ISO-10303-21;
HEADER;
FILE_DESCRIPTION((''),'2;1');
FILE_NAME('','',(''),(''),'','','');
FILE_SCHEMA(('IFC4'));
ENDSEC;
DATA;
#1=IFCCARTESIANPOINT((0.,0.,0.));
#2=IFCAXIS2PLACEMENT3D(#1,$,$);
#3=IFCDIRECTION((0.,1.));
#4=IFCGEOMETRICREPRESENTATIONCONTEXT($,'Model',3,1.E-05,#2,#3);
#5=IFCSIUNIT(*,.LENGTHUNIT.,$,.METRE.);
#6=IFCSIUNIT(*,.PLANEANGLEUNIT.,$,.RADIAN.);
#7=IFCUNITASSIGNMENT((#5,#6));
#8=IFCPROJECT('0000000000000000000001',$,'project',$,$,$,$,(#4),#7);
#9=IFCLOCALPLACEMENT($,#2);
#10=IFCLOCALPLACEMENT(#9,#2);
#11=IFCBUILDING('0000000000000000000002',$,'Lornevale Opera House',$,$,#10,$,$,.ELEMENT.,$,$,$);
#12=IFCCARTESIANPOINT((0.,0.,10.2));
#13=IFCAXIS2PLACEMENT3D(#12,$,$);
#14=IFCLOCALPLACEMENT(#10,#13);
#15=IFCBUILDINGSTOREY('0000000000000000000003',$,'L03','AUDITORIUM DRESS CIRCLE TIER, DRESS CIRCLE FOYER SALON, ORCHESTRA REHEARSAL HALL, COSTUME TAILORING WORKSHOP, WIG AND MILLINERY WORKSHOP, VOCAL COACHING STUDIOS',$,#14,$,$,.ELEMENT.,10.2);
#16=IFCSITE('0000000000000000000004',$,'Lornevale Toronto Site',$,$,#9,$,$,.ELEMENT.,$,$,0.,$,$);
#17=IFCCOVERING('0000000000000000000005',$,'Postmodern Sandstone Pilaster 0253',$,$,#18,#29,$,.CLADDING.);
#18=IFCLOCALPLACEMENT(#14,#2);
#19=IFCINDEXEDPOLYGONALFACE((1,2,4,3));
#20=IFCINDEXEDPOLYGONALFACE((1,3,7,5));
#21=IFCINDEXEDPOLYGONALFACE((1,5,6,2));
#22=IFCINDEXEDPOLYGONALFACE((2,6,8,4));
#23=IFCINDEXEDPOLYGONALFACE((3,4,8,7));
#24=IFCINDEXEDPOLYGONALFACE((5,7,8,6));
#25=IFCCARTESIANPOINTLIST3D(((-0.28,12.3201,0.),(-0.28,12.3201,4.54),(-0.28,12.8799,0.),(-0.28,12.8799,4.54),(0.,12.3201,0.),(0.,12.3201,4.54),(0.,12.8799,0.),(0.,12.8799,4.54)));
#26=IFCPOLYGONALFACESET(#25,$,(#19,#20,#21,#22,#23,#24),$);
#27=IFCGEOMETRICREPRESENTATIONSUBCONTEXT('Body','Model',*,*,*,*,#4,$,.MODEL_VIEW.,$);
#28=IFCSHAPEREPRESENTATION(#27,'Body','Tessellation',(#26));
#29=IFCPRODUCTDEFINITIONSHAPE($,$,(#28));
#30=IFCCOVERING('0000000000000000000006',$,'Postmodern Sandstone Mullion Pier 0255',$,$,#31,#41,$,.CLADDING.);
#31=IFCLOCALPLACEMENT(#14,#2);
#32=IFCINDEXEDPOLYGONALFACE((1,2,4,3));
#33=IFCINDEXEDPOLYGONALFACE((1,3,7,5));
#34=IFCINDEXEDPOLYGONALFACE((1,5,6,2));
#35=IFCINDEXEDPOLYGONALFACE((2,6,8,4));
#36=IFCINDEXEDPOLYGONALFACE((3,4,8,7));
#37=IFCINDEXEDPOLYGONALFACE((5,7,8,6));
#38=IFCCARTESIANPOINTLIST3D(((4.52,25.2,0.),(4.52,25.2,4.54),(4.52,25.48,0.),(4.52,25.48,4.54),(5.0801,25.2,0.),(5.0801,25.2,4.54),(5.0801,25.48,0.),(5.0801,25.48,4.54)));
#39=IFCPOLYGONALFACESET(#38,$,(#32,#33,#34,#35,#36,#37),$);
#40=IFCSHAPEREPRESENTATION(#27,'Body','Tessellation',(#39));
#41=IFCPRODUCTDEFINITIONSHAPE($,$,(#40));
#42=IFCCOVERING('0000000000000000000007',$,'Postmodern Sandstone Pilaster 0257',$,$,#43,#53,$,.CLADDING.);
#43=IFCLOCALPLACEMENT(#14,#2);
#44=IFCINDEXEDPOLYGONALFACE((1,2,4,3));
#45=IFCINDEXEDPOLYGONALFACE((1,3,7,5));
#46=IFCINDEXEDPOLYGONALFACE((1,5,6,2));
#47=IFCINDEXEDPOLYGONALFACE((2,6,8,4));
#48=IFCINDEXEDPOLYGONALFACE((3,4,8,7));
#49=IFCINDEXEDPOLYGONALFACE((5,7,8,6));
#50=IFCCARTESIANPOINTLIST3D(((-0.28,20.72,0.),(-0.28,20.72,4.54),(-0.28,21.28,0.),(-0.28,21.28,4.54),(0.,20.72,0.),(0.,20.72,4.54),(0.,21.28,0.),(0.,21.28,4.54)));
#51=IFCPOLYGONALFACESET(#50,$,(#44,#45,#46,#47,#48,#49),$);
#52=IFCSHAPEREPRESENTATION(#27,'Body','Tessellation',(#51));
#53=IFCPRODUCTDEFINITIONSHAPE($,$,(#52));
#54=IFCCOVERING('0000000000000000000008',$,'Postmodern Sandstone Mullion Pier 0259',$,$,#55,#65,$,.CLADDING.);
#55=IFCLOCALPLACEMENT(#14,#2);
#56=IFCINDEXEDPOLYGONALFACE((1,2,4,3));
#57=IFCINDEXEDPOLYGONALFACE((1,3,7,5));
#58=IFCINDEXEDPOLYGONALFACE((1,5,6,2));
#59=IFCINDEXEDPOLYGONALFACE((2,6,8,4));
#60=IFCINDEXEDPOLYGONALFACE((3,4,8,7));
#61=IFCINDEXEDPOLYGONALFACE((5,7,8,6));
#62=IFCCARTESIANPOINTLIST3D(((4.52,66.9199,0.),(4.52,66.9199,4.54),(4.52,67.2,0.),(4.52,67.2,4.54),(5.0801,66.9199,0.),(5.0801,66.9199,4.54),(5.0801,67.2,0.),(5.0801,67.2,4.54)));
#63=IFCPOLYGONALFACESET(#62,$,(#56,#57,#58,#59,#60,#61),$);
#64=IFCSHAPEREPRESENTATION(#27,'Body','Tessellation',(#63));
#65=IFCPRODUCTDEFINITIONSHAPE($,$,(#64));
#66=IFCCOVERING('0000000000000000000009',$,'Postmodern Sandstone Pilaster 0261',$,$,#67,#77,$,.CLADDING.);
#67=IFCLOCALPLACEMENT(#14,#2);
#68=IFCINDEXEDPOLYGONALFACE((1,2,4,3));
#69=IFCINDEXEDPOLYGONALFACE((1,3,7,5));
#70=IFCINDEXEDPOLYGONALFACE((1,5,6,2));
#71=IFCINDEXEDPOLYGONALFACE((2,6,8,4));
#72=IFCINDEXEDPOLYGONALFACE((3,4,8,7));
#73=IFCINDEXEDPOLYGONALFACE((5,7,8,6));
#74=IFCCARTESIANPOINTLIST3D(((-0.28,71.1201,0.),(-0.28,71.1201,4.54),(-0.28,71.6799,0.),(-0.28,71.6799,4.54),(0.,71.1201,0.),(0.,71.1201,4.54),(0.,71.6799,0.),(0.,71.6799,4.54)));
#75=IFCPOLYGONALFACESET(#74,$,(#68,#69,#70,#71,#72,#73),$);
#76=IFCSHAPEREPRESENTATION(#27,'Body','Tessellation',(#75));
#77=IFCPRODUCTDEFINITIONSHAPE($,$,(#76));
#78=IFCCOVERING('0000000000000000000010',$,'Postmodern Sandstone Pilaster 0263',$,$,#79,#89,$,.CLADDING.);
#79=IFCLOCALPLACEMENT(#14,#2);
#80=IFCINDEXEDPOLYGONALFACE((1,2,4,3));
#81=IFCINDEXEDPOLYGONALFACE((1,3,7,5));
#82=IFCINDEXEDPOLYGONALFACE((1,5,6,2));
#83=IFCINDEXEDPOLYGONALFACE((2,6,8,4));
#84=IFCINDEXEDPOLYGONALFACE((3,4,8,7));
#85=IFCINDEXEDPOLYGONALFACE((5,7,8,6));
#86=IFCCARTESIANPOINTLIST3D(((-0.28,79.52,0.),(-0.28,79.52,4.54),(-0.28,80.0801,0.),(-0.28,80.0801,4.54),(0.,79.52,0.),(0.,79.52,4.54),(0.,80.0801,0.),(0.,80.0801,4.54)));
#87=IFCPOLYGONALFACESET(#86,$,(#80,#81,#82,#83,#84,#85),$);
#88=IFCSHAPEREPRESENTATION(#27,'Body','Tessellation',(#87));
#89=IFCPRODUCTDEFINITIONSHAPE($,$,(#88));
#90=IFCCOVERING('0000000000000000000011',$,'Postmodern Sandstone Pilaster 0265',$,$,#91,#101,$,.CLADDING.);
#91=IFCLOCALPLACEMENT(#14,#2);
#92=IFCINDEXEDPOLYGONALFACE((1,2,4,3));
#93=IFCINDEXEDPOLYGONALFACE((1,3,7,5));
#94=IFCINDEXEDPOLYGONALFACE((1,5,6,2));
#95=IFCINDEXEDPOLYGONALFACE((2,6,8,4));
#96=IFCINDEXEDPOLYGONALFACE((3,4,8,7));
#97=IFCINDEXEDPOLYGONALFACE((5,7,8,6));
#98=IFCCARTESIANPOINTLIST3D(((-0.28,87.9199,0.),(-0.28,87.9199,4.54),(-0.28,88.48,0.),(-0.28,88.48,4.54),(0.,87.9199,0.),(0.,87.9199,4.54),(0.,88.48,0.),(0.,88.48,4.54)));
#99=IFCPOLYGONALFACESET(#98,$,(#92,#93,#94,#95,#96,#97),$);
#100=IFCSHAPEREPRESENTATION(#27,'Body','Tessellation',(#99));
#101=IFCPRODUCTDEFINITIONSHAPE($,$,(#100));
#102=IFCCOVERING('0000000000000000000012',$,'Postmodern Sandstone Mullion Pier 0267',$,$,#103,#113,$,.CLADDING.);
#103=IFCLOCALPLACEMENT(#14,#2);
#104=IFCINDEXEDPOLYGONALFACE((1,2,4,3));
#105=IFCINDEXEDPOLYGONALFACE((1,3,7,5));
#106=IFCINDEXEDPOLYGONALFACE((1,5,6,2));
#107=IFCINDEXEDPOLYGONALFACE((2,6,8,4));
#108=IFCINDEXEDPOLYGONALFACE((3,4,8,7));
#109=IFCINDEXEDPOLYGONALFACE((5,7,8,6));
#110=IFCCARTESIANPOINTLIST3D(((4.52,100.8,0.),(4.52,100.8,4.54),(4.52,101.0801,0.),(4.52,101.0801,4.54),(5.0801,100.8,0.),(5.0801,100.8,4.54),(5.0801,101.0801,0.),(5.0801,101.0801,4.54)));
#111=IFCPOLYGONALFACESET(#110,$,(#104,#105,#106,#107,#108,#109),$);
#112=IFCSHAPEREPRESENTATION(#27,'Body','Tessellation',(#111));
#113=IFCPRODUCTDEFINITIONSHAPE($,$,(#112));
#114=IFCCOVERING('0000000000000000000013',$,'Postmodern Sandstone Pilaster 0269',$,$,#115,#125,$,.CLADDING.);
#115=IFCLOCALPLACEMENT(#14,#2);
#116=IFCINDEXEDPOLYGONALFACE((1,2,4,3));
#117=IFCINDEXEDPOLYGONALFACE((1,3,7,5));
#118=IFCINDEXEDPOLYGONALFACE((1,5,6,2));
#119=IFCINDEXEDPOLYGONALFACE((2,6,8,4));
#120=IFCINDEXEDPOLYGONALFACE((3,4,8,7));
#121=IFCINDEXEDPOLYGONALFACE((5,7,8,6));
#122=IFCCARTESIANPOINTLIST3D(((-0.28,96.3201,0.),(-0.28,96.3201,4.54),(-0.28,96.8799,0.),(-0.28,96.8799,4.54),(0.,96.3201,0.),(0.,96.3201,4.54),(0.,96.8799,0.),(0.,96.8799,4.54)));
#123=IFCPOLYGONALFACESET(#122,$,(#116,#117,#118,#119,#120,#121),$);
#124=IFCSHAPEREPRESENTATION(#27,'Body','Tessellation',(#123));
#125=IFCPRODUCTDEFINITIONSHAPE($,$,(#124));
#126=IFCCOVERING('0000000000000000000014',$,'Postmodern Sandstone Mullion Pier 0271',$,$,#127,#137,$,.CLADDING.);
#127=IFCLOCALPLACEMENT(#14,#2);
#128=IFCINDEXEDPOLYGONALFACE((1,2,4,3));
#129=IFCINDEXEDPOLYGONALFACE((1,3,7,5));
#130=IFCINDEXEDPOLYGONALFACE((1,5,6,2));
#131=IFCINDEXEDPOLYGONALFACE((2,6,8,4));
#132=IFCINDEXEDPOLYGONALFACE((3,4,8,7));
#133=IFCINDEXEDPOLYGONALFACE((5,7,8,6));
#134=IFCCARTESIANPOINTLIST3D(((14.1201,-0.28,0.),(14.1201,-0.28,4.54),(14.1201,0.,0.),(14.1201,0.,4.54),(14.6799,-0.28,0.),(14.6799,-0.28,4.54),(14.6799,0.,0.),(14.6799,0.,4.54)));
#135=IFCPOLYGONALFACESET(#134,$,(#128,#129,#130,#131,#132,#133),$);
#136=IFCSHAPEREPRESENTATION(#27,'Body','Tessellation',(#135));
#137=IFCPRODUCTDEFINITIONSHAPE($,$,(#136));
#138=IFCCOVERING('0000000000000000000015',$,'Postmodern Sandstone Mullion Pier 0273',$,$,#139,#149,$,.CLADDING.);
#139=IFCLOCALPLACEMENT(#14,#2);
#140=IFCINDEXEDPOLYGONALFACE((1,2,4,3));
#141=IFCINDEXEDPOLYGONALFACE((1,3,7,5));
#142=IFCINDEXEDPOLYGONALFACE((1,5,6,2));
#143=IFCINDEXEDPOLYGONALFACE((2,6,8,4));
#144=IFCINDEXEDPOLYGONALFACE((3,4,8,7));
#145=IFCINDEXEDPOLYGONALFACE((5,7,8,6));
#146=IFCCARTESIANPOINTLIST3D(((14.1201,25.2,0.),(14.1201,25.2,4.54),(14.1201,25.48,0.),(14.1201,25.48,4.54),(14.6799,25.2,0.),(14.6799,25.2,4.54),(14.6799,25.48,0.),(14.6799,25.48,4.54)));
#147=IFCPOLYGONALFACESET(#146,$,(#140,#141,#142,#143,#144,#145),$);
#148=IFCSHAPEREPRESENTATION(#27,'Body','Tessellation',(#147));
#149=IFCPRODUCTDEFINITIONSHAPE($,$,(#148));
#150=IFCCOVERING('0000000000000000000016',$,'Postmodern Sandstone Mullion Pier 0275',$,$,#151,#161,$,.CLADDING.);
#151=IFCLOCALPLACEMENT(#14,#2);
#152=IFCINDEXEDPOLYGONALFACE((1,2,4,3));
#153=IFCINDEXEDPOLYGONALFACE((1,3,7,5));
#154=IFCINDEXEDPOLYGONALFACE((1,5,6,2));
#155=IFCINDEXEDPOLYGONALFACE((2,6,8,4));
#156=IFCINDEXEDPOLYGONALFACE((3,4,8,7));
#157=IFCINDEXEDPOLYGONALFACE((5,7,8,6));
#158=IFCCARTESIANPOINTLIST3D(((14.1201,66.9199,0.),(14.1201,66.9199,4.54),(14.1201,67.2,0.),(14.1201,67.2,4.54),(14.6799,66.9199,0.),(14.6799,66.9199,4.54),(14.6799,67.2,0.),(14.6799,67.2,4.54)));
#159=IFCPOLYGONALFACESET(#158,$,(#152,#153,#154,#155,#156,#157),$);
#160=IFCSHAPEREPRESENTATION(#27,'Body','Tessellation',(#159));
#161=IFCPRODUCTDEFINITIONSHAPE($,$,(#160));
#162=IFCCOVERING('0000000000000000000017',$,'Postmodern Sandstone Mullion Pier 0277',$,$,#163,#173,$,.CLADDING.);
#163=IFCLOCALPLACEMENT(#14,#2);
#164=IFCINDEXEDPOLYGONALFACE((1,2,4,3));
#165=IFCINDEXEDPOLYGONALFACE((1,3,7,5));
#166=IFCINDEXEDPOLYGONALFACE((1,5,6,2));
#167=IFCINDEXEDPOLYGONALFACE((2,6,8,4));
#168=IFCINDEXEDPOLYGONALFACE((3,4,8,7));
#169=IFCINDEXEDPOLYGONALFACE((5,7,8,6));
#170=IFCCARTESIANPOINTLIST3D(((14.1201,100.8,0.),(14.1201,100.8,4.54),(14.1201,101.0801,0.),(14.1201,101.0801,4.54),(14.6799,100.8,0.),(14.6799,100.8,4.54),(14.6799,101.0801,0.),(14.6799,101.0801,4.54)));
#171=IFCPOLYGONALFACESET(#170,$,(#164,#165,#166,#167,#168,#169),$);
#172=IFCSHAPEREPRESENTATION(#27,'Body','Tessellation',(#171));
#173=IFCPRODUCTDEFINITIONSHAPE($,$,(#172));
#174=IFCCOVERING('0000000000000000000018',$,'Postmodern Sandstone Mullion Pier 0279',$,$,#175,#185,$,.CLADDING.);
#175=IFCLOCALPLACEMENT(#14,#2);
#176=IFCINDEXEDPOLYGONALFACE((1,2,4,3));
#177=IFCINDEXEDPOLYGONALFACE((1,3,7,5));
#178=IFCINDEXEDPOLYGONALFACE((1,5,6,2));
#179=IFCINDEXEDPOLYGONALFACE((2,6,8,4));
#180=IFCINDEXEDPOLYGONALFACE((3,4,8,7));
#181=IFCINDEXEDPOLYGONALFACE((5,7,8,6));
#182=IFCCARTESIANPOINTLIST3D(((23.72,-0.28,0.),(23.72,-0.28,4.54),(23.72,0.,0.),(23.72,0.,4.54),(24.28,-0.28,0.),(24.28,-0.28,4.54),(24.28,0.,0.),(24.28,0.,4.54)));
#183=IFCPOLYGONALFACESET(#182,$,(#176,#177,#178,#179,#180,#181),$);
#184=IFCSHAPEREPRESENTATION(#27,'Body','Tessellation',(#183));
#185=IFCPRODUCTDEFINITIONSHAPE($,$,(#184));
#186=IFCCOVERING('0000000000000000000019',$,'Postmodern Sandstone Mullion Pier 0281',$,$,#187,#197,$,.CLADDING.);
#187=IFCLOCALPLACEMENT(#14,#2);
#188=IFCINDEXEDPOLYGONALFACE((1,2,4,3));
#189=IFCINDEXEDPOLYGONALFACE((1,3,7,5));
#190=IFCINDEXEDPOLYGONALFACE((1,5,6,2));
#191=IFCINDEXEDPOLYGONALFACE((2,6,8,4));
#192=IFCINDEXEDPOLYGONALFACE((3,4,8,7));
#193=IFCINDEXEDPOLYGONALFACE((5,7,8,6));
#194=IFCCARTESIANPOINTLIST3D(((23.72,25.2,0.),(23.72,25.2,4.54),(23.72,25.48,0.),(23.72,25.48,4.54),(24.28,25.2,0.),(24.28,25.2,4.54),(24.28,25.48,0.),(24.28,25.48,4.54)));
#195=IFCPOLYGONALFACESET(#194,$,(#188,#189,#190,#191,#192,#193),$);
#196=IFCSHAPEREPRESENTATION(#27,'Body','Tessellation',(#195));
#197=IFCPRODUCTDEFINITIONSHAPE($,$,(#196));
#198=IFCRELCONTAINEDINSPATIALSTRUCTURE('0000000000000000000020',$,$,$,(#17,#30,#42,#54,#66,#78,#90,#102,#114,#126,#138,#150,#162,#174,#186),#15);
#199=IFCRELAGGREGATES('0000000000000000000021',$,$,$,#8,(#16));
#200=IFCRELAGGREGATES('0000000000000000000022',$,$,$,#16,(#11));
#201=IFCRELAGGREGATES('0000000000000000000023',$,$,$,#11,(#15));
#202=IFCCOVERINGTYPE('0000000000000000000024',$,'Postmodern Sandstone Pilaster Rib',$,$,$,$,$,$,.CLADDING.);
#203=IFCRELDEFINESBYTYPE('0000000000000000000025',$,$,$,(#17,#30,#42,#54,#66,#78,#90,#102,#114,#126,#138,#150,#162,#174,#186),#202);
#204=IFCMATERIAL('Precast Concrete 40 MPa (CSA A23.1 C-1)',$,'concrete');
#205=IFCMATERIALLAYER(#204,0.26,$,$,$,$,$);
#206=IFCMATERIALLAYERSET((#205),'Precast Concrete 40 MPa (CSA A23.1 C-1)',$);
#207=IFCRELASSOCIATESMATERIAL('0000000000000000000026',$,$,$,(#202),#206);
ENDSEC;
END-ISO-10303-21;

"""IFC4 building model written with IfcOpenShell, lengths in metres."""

from ifc_helpers import new_model, si_unit, direction, frame, origin, place, context, subcontext, project, spatial, polyline, outline, extrude, material, layer, layer_set, type_object, element, save


model = new_model("IFC4")

# Units and contexts
model_context = context("Model", 3, precision=1e-05, world=origin(), true_north=direction((0.0, 1.0)))
body_context = subcontext(model_context, "Body", "Model", "MODEL_VIEW")
ifc_project = project(units=[si_unit("LENGTHUNIT", "METRE"), si_unit("PLANEANGLEUNIT", "RADIAN")], contexts=[model_context])

# Site, building, storey
site_placement = place(None, origin())
site = spatial("IfcSite", under=ifc_project, at=site_placement, Name="Lornevale Toronto Site", CompositionType="ELEMENT", RefElevation=0.0)
building_placement = place(site_placement, origin())
building = spatial("IfcBuilding", under=site, at=building_placement, Name="Lornevale Opera House", CompositionType="ELEMENT")
storey_placement = place(building_placement, frame((0.0, 0.0, 10.2)))
storey = spatial("IfcBuildingStorey", under=building, at=storey_placement, Name="L03", Description="AUDITORIUM DRESS CIRCLE TIER, DRESS CIRCLE FOYER SALON, ORCHESTRA REHEARSAL HALL, COSTUME TAILORING WORKSHOP, WIG AND MILLINERY WORKSHOP, VOCAL COACHING STUDIOS", CompositionType="ELEMENT", Elevation=10.2)

# Coverings
ifc_material_1 = material(Name="Precast Concrete 40 MPa (CSA A23.1 C-1)", Category="concrete")
ifc_layer_1 = layer(ifc_material_1, 0.26)
ifc_layer_set_1 = layer_set([ifc_layer_1], Name="Precast Concrete 40 MPa (CSA A23.1 C-1)")
covering_type = type_object("IfcCoveringType", Name="Postmodern Sandstone Pilaster Rib", PredefinedType="CLADDING", material=ifc_layer_set_1)
covering_1_placement = place(storey_placement, origin())
element("IfcCovering", 1, at=covering_1_placement, inside=storey, type_object=covering_type, Name="Postmodern Sandstone Pilaster 0253", PredefinedType="CLADDING", context=body_context, shape_type="SweptSolid", body=[
    extrude(outline(polyline([(0.0, 12.3201), (0.0, 12.8799), (-0.28, 12.8799), (-0.28, 12.3201), (0.0, 12.3201)])), origin(), (0.0, 0.0, 1.0), 4.54),
])
covering_2_placement = place(storey_placement, origin())
element("IfcCovering", 2, at=covering_2_placement, inside=storey, type_object=covering_type, Name="Postmodern Sandstone Mullion Pier 0255", PredefinedType="CLADDING", context=body_context, shape_type="SweptSolid", body=[
    extrude(outline(polyline([(4.52, 25.2), (5.0801, 25.2), (5.0801, 25.48), (4.52, 25.48), (4.52, 25.2)])), origin(), (0.0, 0.0, 1.0), 4.54),
])
covering_3_placement = place(storey_placement, origin())
element("IfcCovering", 3, at=covering_3_placement, inside=storey, type_object=covering_type, Name="Postmodern Sandstone Pilaster 0257", PredefinedType="CLADDING", context=body_context, shape_type="SweptSolid", body=[
    extrude(outline(polyline([(0.0, 20.72), (0.0, 21.28), (-0.28, 21.28), (-0.28, 20.72), (0.0, 20.72)])), origin(), (0.0, 0.0, 1.0), 4.54),
])
covering_4_placement = place(storey_placement, origin())
element("IfcCovering", 4, at=covering_4_placement, inside=storey, type_object=covering_type, Name="Postmodern Sandstone Mullion Pier 0259", PredefinedType="CLADDING", context=body_context, shape_type="SweptSolid", body=[
    extrude(outline(polyline([(5.0801, 67.2), (4.52, 67.2), (4.52, 66.9199), (5.0801, 66.9199), (5.0801, 67.2)])), origin(), (0.0, 0.0, 1.0), 4.54),
])
covering_5_placement = place(storey_placement, origin())
element("IfcCovering", 5, at=covering_5_placement, inside=storey, type_object=covering_type, Name="Postmodern Sandstone Pilaster 0261", PredefinedType="CLADDING", context=body_context, shape_type="SweptSolid", body=[
    extrude(outline(polyline([(0.0, 71.1201), (0.0, 71.6799), (-0.28, 71.6799), (-0.28, 71.1201), (0.0, 71.1201)])), origin(), (0.0, 0.0, 1.0), 4.54),
])
covering_6_placement = place(storey_placement, origin())
element("IfcCovering", 6, at=covering_6_placement, inside=storey, type_object=covering_type, Name="Postmodern Sandstone Pilaster 0263", PredefinedType="CLADDING", context=body_context, shape_type="SweptSolid", body=[
    extrude(outline(polyline([(0.0, 79.52), (0.0, 80.0801), (-0.28, 80.0801), (-0.28, 79.52), (0.0, 79.52)])), origin(), (0.0, 0.0, 1.0), 4.54),
])
covering_7_placement = place(storey_placement, origin())
element("IfcCovering", 7, at=covering_7_placement, inside=storey, type_object=covering_type, Name="Postmodern Sandstone Pilaster 0265", PredefinedType="CLADDING", context=body_context, shape_type="SweptSolid", body=[
    extrude(outline(polyline([(0.0, 87.9199), (0.0, 88.48), (-0.28, 88.48), (-0.28, 87.9199), (0.0, 87.9199)])), origin(), (0.0, 0.0, 1.0), 4.54),
])
covering_8_placement = place(storey_placement, origin())
element("IfcCovering", 8, at=covering_8_placement, inside=storey, type_object=covering_type, Name="Postmodern Sandstone Mullion Pier 0267", PredefinedType="CLADDING", context=body_context, shape_type="SweptSolid", body=[
    extrude(outline(polyline([(4.52, 100.8), (5.0801, 100.8), (5.0801, 101.0801), (4.52, 101.0801), (4.52, 100.8)])), origin(), (0.0, 0.0, 1.0), 4.54),
])
covering_9_placement = place(storey_placement, origin())
element("IfcCovering", 9, at=covering_9_placement, inside=storey, type_object=covering_type, Name="Postmodern Sandstone Pilaster 0269", PredefinedType="CLADDING", context=body_context, shape_type="SweptSolid", body=[
    extrude(outline(polyline([(0.0, 96.3201), (0.0, 96.8799), (-0.28, 96.8799), (-0.28, 96.3201), (0.0, 96.3201)])), origin(), (0.0, 0.0, 1.0), 4.54),
])
covering_10_placement = place(storey_placement, origin())
element("IfcCovering", 10, at=covering_10_placement, inside=storey, type_object=covering_type, Name="Postmodern Sandstone Mullion Pier 0271", PredefinedType="CLADDING", context=body_context, shape_type="SweptSolid", body=[
    extrude(outline(polyline([(14.6799, 0.0), (14.1201, 0.0), (14.1201, -0.28), (14.6799, -0.28), (14.6799, 0.0)])), origin(), (0.0, 0.0, 1.0), 4.54),
])
covering_11_placement = place(storey_placement, origin())
element("IfcCovering", 11, at=covering_11_placement, inside=storey, type_object=covering_type, Name="Postmodern Sandstone Mullion Pier 0273", PredefinedType="CLADDING", context=body_context, shape_type="SweptSolid", body=[
    extrude(outline(polyline([(14.1201, 25.2), (14.6799, 25.2), (14.6799, 25.48), (14.1201, 25.48), (14.1201, 25.2)])), origin(), (0.0, 0.0, 1.0), 4.54),
])
covering_12_placement = place(storey_placement, origin())
element("IfcCovering", 12, at=covering_12_placement, inside=storey, type_object=covering_type, Name="Postmodern Sandstone Mullion Pier 0275", PredefinedType="CLADDING", context=body_context, shape_type="SweptSolid", body=[
    extrude(outline(polyline([(14.6799, 67.2), (14.1201, 67.2), (14.1201, 66.9199), (14.6799, 66.9199), (14.6799, 67.2)])), origin(), (0.0, 0.0, 1.0), 4.54),
])
covering_13_placement = place(storey_placement, origin())
element("IfcCovering", 13, at=covering_13_placement, inside=storey, type_object=covering_type, Name="Postmodern Sandstone Mullion Pier 0277", PredefinedType="CLADDING", context=body_context, shape_type="SweptSolid", body=[
    extrude(outline(polyline([(14.1201, 100.8), (14.6799, 100.8), (14.6799, 101.0801), (14.1201, 101.0801), (14.1201, 100.8)])), origin(), (0.0, 0.0, 1.0), 4.54),
])
covering_14_placement = place(storey_placement, origin())
element("IfcCovering", 14, at=covering_14_placement, inside=storey, type_object=covering_type, Name="Postmodern Sandstone Mullion Pier 0279", PredefinedType="CLADDING", context=body_context, shape_type="SweptSolid", body=[
    extrude(outline(polyline([(24.28, 0.0), (23.72, 0.0), (23.72, -0.28), (24.28, -0.28), (24.28, 0.0)])), origin(), (0.0, 0.0, 1.0), 4.54),
])
covering_15_placement = place(storey_placement, origin())
element("IfcCovering", 15, at=covering_15_placement, inside=storey, type_object=covering_type, Name="Postmodern Sandstone Mullion Pier 0281", PredefinedType="CLADDING", context=body_context, shape_type="SweptSolid", body=[
    extrude(outline(polyline([(23.72, 25.2), (24.28, 25.2), (24.28, 25.48), (23.72, 25.48), (23.72, 25.2)])), origin(), (0.0, 0.0, 1.0), 4.54),
])

save(model, "model.ifc")
